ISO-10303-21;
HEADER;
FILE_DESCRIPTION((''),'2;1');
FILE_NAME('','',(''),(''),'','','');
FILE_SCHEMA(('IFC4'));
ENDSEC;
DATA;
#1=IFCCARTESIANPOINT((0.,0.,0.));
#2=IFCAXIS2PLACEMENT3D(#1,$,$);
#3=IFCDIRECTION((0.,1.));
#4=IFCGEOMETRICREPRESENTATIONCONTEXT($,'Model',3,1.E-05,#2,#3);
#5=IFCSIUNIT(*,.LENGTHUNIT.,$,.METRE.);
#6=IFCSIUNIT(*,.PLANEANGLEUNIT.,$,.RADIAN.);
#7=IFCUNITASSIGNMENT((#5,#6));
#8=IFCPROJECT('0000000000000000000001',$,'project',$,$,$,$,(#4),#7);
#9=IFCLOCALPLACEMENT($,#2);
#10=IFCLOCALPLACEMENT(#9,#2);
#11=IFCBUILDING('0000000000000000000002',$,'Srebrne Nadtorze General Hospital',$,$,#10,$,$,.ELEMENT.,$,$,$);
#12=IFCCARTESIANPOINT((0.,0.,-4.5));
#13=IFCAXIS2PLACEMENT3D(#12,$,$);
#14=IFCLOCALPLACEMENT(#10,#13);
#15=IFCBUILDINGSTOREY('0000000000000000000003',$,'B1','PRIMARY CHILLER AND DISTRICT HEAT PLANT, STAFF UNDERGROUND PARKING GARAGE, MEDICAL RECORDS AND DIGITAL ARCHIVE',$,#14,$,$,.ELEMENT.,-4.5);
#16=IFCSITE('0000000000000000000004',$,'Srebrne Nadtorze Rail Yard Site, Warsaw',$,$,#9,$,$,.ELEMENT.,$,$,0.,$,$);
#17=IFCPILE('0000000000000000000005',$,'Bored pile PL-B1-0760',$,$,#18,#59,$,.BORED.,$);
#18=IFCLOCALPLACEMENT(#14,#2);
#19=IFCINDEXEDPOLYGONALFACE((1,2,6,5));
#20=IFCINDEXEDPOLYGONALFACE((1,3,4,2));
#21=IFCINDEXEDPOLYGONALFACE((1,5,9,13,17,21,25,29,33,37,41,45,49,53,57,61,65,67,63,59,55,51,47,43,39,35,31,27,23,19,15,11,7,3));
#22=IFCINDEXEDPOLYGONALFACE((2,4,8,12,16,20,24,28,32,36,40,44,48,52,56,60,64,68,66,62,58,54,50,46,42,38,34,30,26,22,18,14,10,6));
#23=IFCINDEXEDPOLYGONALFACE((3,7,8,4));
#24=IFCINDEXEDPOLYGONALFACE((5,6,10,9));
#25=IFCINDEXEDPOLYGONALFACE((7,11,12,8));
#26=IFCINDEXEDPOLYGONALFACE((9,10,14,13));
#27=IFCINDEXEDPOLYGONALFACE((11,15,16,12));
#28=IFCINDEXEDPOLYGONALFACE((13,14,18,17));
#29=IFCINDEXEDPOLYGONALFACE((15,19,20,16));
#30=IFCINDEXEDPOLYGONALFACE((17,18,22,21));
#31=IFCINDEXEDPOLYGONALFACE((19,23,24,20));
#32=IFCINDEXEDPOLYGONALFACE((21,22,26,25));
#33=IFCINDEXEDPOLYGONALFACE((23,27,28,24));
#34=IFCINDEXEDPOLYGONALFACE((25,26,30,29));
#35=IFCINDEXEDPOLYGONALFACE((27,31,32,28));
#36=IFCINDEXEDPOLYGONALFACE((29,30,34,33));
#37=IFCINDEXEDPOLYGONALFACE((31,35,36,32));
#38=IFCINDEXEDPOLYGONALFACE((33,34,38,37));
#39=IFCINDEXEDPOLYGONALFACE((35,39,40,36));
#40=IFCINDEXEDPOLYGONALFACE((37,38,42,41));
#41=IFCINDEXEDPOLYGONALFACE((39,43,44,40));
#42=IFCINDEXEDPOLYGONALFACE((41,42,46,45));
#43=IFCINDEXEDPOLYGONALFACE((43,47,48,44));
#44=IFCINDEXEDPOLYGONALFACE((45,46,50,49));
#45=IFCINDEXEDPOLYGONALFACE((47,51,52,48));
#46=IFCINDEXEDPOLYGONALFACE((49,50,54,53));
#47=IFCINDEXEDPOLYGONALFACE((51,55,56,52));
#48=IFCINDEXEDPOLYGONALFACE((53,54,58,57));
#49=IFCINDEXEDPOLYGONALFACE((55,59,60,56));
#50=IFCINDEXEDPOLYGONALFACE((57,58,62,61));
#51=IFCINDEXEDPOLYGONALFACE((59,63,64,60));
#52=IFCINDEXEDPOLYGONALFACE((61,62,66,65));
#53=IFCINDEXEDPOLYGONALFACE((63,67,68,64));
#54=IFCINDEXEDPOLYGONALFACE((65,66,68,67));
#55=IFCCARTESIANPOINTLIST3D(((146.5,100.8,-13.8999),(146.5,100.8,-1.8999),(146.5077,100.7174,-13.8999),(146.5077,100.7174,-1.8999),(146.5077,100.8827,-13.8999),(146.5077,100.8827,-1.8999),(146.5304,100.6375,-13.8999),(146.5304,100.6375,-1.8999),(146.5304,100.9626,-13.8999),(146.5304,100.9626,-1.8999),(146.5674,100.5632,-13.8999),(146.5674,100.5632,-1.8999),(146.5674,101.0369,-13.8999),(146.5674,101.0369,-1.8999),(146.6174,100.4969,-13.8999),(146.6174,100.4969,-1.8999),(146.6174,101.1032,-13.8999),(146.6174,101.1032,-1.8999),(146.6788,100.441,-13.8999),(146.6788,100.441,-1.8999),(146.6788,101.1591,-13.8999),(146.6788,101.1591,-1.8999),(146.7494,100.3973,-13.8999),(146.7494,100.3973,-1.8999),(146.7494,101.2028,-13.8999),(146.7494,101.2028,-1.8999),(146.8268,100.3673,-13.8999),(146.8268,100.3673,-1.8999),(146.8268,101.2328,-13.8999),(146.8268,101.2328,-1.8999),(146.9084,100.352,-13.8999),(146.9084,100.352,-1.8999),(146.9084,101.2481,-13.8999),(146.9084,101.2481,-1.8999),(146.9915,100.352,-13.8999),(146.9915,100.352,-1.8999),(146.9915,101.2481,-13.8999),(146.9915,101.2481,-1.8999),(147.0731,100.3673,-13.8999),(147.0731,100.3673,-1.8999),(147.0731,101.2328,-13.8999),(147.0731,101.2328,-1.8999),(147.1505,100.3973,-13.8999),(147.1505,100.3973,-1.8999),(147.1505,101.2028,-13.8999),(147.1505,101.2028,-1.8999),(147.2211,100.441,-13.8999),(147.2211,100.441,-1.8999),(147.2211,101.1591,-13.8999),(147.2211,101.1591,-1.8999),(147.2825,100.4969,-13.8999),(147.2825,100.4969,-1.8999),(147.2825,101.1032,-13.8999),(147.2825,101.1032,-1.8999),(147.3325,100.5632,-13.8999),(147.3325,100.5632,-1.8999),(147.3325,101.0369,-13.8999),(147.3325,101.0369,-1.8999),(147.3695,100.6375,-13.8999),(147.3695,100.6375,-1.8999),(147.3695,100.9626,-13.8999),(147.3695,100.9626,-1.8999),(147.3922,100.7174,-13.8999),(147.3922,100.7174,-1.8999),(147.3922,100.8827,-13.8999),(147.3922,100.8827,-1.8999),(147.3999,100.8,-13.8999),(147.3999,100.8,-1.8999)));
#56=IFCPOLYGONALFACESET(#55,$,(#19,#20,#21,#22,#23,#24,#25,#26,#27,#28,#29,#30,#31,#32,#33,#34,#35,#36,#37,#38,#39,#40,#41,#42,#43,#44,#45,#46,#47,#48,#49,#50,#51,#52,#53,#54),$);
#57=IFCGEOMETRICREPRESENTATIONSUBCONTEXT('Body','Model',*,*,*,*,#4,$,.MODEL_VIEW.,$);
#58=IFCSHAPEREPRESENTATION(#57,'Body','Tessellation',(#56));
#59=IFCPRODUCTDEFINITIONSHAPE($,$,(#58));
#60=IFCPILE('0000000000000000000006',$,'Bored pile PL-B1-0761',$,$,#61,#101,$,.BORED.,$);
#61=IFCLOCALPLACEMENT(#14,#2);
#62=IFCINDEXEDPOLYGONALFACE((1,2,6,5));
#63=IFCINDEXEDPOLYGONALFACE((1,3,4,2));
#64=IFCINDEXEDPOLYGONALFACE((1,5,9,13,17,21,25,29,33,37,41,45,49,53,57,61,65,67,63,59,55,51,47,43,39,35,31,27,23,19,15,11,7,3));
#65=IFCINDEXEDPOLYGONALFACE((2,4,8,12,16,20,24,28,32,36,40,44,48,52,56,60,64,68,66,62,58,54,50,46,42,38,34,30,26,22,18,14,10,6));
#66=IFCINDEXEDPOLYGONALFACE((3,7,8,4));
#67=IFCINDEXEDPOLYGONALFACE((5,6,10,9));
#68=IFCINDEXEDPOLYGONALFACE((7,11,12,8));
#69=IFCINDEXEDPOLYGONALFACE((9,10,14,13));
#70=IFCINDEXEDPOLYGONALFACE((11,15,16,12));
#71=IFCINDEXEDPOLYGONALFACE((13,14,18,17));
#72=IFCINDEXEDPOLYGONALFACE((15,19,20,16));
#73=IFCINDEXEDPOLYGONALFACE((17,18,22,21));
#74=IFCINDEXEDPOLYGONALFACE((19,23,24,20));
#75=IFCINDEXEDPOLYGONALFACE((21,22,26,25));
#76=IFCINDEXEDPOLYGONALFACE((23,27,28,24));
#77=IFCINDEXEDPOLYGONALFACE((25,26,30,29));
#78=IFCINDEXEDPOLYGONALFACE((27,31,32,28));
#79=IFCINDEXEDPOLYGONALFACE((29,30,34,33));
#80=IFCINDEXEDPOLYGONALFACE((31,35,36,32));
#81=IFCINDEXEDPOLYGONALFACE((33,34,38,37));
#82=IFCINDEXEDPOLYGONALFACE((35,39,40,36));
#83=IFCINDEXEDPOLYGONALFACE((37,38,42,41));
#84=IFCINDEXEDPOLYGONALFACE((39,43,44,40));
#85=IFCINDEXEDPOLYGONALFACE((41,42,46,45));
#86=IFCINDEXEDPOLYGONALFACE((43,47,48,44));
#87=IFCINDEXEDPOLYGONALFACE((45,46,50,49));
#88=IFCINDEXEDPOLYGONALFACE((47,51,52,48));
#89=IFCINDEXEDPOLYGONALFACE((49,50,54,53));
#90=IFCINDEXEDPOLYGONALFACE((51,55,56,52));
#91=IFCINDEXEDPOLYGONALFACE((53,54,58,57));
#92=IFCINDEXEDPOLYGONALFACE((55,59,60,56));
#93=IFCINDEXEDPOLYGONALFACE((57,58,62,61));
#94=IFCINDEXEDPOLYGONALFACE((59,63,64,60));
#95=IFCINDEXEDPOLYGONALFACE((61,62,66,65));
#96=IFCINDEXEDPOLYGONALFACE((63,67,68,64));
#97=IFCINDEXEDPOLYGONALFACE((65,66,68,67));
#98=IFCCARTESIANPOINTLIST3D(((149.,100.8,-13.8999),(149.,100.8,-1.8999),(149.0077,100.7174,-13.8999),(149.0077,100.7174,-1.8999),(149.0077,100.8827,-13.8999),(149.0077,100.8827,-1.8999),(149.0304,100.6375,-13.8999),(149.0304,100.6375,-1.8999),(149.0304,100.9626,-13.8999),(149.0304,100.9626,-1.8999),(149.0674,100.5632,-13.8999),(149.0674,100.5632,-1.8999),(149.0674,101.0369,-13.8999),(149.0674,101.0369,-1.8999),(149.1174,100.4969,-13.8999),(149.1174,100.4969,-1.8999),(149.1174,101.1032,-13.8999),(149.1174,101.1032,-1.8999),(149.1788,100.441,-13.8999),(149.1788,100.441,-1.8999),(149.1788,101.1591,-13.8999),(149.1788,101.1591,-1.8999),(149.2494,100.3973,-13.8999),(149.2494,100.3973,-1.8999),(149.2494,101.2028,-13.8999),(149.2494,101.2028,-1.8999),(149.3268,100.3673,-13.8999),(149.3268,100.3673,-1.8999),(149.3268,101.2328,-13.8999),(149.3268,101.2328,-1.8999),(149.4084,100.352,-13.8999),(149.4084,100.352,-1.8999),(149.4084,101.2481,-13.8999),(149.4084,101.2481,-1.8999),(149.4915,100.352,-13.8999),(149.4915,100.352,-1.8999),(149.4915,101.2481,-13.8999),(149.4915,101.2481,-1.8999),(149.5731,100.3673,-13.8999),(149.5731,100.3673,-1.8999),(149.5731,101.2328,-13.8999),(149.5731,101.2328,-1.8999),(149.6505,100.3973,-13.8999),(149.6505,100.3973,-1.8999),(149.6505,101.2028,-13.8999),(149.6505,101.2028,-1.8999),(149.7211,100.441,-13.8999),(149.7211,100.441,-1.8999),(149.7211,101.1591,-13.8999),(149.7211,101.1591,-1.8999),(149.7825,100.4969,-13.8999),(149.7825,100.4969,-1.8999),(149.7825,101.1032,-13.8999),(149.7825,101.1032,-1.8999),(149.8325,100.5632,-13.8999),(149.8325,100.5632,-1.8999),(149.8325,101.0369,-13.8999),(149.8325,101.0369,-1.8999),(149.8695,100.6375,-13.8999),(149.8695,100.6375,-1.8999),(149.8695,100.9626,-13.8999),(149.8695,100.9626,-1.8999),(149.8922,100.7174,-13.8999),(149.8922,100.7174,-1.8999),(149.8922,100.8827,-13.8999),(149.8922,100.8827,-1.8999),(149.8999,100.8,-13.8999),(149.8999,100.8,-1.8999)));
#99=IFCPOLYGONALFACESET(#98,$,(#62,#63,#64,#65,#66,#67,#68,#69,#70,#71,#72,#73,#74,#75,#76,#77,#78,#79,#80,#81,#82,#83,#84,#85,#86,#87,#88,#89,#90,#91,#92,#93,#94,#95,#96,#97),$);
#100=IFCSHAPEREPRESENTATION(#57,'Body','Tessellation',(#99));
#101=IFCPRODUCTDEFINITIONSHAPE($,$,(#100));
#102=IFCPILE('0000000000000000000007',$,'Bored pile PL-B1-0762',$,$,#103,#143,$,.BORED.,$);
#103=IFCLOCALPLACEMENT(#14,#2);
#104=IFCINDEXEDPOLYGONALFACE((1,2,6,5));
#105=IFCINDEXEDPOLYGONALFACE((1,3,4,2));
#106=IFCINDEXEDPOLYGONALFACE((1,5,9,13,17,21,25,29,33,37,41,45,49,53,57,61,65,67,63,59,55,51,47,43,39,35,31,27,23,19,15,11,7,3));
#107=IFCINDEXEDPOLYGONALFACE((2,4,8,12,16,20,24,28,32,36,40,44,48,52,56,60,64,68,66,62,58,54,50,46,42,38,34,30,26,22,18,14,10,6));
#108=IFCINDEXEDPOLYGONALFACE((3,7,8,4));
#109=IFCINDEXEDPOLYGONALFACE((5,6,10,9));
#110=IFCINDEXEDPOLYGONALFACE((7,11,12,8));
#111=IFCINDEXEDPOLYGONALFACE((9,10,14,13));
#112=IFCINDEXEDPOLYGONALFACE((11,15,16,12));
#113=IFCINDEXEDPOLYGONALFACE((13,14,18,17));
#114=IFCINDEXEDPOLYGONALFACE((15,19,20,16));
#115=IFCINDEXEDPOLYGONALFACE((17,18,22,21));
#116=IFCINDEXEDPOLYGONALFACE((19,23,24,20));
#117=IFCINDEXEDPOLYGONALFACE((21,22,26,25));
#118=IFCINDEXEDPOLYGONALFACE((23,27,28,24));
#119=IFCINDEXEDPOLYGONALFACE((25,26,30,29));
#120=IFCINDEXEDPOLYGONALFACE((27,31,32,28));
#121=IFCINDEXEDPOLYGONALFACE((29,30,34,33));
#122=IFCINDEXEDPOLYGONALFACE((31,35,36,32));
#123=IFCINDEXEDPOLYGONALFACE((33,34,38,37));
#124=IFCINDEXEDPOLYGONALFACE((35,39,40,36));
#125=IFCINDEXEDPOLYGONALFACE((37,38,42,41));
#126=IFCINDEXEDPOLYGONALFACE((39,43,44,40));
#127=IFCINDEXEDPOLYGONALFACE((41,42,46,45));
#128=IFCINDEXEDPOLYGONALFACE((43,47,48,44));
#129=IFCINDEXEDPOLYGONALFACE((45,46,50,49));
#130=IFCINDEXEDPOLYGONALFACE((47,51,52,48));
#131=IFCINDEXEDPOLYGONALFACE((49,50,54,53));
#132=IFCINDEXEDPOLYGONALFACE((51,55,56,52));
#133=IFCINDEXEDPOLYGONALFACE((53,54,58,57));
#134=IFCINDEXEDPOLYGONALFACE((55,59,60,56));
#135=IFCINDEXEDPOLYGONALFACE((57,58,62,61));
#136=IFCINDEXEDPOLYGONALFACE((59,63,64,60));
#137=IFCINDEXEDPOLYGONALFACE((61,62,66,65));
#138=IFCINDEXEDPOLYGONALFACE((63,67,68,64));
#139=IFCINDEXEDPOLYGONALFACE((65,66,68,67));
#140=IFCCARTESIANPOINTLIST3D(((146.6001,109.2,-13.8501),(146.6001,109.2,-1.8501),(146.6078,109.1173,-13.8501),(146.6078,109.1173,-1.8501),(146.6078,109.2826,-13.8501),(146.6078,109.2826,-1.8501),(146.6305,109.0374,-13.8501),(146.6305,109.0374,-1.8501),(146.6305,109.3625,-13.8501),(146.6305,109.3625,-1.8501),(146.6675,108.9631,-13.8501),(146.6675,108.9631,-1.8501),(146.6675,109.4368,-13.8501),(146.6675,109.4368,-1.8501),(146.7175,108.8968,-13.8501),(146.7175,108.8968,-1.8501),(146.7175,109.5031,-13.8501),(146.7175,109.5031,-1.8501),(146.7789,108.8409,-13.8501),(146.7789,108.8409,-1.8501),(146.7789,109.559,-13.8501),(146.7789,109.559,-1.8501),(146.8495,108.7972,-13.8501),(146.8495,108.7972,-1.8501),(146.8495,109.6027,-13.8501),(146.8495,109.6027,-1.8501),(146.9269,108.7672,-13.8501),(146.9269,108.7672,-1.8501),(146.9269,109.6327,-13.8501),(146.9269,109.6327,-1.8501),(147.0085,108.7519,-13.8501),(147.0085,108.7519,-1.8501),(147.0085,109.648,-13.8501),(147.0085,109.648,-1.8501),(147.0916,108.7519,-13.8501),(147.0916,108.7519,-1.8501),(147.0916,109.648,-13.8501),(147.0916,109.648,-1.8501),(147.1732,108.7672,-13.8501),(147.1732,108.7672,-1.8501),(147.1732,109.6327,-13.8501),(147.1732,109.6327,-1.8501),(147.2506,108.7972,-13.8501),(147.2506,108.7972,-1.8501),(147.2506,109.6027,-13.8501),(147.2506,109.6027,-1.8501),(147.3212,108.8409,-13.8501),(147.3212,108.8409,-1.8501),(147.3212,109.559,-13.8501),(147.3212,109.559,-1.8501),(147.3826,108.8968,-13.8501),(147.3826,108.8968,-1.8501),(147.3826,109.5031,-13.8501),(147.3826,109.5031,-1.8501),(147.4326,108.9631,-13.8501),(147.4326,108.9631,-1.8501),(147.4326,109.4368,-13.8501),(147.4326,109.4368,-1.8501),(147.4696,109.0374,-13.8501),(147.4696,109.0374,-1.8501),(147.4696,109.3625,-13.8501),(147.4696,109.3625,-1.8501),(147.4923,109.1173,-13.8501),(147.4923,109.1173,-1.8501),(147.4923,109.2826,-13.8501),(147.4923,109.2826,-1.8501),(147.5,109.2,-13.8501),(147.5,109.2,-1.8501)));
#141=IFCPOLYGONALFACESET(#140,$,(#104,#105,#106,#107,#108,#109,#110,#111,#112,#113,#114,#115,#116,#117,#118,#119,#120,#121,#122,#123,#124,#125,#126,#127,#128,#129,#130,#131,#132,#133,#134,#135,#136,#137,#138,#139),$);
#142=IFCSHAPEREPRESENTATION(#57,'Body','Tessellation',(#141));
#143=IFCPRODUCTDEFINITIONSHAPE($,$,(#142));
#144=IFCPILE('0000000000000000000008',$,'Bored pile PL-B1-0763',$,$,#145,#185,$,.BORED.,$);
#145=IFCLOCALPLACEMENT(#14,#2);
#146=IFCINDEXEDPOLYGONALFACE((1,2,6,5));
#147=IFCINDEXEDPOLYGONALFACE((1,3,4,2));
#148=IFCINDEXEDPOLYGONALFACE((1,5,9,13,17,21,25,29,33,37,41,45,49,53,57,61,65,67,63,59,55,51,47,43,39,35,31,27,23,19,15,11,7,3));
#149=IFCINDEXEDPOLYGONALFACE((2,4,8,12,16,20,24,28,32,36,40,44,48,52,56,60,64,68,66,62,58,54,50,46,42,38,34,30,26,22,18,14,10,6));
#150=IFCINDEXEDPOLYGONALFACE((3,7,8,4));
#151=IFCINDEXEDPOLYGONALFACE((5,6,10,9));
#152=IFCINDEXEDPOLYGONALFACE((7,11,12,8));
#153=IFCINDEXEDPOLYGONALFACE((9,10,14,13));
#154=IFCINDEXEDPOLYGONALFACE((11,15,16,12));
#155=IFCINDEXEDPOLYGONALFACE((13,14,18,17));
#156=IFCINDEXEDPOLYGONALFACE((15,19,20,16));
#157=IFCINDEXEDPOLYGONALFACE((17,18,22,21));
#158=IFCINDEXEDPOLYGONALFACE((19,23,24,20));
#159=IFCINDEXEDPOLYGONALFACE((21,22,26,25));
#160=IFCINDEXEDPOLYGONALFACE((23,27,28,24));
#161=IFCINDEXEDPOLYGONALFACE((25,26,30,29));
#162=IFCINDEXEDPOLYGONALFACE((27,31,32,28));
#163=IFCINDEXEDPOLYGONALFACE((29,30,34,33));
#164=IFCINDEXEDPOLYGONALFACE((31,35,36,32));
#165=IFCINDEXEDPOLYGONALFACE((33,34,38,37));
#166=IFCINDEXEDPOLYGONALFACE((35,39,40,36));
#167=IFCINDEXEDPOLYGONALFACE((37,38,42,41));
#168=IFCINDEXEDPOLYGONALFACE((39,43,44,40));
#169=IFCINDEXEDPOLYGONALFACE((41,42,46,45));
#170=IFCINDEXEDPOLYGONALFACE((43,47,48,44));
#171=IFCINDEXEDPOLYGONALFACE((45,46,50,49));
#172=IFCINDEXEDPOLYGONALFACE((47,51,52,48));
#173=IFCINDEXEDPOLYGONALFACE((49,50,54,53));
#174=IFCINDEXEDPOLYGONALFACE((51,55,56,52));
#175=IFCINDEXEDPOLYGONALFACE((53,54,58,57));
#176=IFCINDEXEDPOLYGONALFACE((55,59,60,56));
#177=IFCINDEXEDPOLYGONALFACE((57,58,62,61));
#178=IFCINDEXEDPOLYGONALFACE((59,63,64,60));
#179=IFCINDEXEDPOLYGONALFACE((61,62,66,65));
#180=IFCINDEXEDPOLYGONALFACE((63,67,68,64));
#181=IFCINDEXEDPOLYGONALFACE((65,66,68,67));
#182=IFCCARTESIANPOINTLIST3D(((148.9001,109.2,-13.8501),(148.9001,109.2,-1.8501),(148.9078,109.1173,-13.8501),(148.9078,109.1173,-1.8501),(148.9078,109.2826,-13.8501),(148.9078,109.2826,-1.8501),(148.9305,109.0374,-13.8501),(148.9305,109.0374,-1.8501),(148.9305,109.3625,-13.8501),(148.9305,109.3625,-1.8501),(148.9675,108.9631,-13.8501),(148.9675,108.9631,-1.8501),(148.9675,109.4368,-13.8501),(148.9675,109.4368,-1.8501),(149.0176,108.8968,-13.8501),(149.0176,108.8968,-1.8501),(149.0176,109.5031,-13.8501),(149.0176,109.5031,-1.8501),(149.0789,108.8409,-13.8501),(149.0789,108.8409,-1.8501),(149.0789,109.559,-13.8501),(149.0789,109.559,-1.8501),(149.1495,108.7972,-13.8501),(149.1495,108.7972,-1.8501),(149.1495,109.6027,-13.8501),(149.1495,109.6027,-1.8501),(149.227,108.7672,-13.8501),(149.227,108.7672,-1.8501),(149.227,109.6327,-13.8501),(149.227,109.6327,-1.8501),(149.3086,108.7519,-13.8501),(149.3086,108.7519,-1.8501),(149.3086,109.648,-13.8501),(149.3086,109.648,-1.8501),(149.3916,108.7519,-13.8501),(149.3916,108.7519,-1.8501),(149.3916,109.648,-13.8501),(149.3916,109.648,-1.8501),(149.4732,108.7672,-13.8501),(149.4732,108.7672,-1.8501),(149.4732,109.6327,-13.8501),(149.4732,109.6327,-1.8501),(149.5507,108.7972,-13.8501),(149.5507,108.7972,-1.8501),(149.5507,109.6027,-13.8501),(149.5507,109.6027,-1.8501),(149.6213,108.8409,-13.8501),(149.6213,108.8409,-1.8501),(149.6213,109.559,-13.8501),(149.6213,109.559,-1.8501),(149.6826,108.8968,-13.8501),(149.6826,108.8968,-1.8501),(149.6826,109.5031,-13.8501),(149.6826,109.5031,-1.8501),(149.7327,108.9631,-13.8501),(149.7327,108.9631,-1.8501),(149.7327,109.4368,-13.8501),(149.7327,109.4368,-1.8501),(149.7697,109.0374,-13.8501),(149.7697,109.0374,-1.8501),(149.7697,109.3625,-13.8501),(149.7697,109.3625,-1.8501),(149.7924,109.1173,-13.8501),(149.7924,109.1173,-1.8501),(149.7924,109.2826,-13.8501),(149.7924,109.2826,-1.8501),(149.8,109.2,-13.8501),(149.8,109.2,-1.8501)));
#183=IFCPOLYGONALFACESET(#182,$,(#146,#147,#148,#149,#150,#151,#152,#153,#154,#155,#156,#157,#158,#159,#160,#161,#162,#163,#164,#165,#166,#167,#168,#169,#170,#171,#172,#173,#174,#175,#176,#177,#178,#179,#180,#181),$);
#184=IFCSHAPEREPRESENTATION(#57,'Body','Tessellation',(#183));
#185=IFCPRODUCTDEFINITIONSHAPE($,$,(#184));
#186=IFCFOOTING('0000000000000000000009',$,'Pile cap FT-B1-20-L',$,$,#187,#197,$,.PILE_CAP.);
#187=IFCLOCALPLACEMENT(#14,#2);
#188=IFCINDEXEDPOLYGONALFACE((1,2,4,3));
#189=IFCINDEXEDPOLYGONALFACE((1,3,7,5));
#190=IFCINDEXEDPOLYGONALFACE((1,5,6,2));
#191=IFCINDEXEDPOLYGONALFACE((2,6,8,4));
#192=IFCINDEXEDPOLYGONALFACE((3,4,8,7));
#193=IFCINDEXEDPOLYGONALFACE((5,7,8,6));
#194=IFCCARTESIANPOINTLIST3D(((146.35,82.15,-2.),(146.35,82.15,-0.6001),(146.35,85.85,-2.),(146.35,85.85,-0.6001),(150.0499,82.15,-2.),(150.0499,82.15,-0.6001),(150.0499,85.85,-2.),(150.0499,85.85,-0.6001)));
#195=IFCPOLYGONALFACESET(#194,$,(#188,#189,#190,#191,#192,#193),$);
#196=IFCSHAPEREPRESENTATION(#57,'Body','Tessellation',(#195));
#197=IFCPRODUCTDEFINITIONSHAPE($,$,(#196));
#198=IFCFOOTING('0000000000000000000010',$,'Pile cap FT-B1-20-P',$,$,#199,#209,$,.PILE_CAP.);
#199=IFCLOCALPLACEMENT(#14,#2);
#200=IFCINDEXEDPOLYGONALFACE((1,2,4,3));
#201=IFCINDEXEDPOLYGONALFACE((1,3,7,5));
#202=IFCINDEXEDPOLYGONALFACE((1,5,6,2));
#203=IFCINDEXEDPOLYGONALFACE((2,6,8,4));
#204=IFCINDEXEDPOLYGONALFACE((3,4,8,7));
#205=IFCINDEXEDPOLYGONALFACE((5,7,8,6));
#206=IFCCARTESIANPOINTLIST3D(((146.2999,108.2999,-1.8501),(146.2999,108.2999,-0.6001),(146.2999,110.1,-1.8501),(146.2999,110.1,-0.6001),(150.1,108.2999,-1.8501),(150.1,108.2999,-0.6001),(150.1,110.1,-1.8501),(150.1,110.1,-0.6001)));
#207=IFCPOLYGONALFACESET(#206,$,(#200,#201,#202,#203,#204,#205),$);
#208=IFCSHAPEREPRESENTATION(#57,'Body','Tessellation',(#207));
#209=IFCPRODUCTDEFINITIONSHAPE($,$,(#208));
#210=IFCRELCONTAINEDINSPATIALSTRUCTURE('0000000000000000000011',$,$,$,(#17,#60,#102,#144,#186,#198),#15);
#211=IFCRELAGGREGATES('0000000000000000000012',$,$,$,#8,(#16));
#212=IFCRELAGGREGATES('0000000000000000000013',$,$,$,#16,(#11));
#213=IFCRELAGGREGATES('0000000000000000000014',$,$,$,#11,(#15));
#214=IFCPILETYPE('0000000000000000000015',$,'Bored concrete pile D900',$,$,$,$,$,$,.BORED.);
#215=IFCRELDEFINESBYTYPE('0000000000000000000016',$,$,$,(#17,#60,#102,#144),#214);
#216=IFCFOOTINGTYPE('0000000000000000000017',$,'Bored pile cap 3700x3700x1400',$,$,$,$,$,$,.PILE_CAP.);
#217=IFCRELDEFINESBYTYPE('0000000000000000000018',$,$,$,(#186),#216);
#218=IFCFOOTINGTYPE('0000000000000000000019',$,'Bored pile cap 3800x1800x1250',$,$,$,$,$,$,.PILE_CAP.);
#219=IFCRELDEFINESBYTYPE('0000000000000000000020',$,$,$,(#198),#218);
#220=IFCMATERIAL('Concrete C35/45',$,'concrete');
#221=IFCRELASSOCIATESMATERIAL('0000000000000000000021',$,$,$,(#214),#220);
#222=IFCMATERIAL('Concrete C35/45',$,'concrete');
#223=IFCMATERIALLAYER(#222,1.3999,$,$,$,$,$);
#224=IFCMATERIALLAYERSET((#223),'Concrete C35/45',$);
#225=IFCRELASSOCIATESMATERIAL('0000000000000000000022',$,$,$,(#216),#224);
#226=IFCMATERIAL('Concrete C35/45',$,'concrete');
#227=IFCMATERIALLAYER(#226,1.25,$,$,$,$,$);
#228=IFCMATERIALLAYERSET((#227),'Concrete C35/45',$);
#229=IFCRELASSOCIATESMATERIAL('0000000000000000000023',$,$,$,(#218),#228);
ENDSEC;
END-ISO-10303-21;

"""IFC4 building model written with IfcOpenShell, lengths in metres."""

from ifc_helpers import new_model, si_unit, direction, frame, origin, origin_2d, place, context, subcontext, project, spatial, rectangle, circle, extrude, material, layer, layer_set, material_profile, profile_set, type_object, element, save


model = new_model("IFC4")

# Units and contexts
model_context = context("Model", 3, precision=1e-05, world=origin(), true_north=direction((0.0, 1.0)))
body_context = subcontext(model_context, "Body", "Model", "MODEL_VIEW")
ifc_project = project(units=[si_unit("LENGTHUNIT", "METRE"), si_unit("PLANEANGLEUNIT", "RADIAN")], contexts=[model_context])

# Site, building, storey
site_placement = place(None, origin())
site = spatial("IfcSite", under=ifc_project, at=site_placement, Name="Srebrne Nadtorze Rail Yard Site, Warsaw", CompositionType="ELEMENT", RefElevation=0.0)
building_placement = place(site_placement, origin())
building = spatial("IfcBuilding", under=site, at=building_placement, Name="Srebrne Nadtorze General Hospital", CompositionType="ELEMENT")
storey_placement = place(building_placement, frame((0.0, 0.0, -4.5)))
storey = spatial("IfcBuildingStorey", under=building, at=storey_placement, Name="B1", Description="PRIMARY CHILLER AND DISTRICT HEAT PLANT, STAFF UNDERGROUND PARKING GARAGE, MEDICAL RECORDS AND DIGITAL ARCHIVE", CompositionType="ELEMENT", Elevation=-4.5)

# Piles
ifc_material_1 = material(Name="Concrete C35/45", Category="concrete")
ifc_material_profile_1 = material_profile(ifc_material_1, circle(Radius=0.45, at=origin_2d()), Name="PILE-D900")
ifc_profile_set_1 = profile_set([ifc_material_profile_1], Name="Concrete C35/45")
pile_type_1 = type_object("IfcPileType", Name="Bored concrete pile D900", PredefinedType="BORED", material=ifc_profile_set_1)
for number, where, z_axis, x_axis, name in (
    (1, (146.95, 100.8, -1.8999), (0.0, 0.0, -1.0), (1.0, 0.0, 0.0), "Bored pile PL-B1-0760"),
    (2, (149.45, 100.8, -1.8999), (0.0, 0.0, -1.0), (1.0, 0.0, 0.0), "Bored pile PL-B1-0761"),
    (3, (147.05, 109.2, -1.8501), (0.0, 0.0, -1.0), (1.0, 0.0, 0.0), "Bored pile PL-B1-0762"),
    (4, (149.3501, 109.2, -1.8501), (0.0, 0.0, -1.0), (1.0, 0.0, 0.0), "Bored pile PL-B1-0763"),
):
    element("IfcPile", number, at=place(storey_placement, frame(where, z_axis=z_axis, x_axis=x_axis)), inside=storey, type_object=pile_type_1, Name=name, PredefinedType="BORED", context=body_context, shape_type="SweptSolid", body=[
        extrude(circle(Radius=0.45, at=origin_2d()), origin(), (0.0, 0.0, 1.0), 12.0),
    ])

# Footings
ifc_material_2 = material(Name="Concrete C35/45", Category="concrete")
ifc_layer_1 = layer(ifc_material_2, 1.3999)
ifc_layer_set_1 = layer_set([ifc_layer_1], Name="Concrete C35/45")
footing_type_1 = type_object("IfcFootingType", Name="Bored pile cap 3700x3700x1400", PredefinedType="PILE_CAP", material=ifc_layer_set_1)
footing_1_placement = place(storey_placement, frame((148.2, 84.0, -2.0), z_axis=(0.0, 0.0, 1.0), x_axis=(1.0, 0.0, 0.0)))
element("IfcFooting", 5, at=footing_1_placement, inside=storey, type_object=footing_type_1, Name="Pile cap FT-B1-20-L", PredefinedType="PILE_CAP", context=body_context, shape_type="SweptSolid", body=[
    extrude(rectangle(XDim=3.7, YDim=3.7, at=origin_2d()), origin(), (0.0, 0.0, 1.0), 1.3999),
])
ifc_material_3 = material(Name="Concrete C35/45", Category="concrete")
ifc_layer_2 = layer(ifc_material_3, 1.25)
ifc_layer_set_2 = layer_set([ifc_layer_2], Name="Concrete C35/45")
footing_type_2 = type_object("IfcFootingType", Name="Bored pile cap 3800x1800x1250", PredefinedType="PILE_CAP", material=ifc_layer_set_2)
footing_2_placement = place(storey_placement, frame((148.2, 109.2, -1.8501), z_axis=(0.0, 0.0, 1.0), x_axis=(1.0, 0.0, 0.0)))
element("IfcFooting", 6, at=footing_2_placement, inside=storey, type_object=footing_type_2, Name="Pile cap FT-B1-20-P", PredefinedType="PILE_CAP", context=body_context, shape_type="SweptSolid", body=[
    extrude(rectangle(XDim=3.8, YDim=1.8, at=origin_2d()), origin(), (0.0, 0.0, 1.0), 1.25),
])

save(model, "model.ifc")
